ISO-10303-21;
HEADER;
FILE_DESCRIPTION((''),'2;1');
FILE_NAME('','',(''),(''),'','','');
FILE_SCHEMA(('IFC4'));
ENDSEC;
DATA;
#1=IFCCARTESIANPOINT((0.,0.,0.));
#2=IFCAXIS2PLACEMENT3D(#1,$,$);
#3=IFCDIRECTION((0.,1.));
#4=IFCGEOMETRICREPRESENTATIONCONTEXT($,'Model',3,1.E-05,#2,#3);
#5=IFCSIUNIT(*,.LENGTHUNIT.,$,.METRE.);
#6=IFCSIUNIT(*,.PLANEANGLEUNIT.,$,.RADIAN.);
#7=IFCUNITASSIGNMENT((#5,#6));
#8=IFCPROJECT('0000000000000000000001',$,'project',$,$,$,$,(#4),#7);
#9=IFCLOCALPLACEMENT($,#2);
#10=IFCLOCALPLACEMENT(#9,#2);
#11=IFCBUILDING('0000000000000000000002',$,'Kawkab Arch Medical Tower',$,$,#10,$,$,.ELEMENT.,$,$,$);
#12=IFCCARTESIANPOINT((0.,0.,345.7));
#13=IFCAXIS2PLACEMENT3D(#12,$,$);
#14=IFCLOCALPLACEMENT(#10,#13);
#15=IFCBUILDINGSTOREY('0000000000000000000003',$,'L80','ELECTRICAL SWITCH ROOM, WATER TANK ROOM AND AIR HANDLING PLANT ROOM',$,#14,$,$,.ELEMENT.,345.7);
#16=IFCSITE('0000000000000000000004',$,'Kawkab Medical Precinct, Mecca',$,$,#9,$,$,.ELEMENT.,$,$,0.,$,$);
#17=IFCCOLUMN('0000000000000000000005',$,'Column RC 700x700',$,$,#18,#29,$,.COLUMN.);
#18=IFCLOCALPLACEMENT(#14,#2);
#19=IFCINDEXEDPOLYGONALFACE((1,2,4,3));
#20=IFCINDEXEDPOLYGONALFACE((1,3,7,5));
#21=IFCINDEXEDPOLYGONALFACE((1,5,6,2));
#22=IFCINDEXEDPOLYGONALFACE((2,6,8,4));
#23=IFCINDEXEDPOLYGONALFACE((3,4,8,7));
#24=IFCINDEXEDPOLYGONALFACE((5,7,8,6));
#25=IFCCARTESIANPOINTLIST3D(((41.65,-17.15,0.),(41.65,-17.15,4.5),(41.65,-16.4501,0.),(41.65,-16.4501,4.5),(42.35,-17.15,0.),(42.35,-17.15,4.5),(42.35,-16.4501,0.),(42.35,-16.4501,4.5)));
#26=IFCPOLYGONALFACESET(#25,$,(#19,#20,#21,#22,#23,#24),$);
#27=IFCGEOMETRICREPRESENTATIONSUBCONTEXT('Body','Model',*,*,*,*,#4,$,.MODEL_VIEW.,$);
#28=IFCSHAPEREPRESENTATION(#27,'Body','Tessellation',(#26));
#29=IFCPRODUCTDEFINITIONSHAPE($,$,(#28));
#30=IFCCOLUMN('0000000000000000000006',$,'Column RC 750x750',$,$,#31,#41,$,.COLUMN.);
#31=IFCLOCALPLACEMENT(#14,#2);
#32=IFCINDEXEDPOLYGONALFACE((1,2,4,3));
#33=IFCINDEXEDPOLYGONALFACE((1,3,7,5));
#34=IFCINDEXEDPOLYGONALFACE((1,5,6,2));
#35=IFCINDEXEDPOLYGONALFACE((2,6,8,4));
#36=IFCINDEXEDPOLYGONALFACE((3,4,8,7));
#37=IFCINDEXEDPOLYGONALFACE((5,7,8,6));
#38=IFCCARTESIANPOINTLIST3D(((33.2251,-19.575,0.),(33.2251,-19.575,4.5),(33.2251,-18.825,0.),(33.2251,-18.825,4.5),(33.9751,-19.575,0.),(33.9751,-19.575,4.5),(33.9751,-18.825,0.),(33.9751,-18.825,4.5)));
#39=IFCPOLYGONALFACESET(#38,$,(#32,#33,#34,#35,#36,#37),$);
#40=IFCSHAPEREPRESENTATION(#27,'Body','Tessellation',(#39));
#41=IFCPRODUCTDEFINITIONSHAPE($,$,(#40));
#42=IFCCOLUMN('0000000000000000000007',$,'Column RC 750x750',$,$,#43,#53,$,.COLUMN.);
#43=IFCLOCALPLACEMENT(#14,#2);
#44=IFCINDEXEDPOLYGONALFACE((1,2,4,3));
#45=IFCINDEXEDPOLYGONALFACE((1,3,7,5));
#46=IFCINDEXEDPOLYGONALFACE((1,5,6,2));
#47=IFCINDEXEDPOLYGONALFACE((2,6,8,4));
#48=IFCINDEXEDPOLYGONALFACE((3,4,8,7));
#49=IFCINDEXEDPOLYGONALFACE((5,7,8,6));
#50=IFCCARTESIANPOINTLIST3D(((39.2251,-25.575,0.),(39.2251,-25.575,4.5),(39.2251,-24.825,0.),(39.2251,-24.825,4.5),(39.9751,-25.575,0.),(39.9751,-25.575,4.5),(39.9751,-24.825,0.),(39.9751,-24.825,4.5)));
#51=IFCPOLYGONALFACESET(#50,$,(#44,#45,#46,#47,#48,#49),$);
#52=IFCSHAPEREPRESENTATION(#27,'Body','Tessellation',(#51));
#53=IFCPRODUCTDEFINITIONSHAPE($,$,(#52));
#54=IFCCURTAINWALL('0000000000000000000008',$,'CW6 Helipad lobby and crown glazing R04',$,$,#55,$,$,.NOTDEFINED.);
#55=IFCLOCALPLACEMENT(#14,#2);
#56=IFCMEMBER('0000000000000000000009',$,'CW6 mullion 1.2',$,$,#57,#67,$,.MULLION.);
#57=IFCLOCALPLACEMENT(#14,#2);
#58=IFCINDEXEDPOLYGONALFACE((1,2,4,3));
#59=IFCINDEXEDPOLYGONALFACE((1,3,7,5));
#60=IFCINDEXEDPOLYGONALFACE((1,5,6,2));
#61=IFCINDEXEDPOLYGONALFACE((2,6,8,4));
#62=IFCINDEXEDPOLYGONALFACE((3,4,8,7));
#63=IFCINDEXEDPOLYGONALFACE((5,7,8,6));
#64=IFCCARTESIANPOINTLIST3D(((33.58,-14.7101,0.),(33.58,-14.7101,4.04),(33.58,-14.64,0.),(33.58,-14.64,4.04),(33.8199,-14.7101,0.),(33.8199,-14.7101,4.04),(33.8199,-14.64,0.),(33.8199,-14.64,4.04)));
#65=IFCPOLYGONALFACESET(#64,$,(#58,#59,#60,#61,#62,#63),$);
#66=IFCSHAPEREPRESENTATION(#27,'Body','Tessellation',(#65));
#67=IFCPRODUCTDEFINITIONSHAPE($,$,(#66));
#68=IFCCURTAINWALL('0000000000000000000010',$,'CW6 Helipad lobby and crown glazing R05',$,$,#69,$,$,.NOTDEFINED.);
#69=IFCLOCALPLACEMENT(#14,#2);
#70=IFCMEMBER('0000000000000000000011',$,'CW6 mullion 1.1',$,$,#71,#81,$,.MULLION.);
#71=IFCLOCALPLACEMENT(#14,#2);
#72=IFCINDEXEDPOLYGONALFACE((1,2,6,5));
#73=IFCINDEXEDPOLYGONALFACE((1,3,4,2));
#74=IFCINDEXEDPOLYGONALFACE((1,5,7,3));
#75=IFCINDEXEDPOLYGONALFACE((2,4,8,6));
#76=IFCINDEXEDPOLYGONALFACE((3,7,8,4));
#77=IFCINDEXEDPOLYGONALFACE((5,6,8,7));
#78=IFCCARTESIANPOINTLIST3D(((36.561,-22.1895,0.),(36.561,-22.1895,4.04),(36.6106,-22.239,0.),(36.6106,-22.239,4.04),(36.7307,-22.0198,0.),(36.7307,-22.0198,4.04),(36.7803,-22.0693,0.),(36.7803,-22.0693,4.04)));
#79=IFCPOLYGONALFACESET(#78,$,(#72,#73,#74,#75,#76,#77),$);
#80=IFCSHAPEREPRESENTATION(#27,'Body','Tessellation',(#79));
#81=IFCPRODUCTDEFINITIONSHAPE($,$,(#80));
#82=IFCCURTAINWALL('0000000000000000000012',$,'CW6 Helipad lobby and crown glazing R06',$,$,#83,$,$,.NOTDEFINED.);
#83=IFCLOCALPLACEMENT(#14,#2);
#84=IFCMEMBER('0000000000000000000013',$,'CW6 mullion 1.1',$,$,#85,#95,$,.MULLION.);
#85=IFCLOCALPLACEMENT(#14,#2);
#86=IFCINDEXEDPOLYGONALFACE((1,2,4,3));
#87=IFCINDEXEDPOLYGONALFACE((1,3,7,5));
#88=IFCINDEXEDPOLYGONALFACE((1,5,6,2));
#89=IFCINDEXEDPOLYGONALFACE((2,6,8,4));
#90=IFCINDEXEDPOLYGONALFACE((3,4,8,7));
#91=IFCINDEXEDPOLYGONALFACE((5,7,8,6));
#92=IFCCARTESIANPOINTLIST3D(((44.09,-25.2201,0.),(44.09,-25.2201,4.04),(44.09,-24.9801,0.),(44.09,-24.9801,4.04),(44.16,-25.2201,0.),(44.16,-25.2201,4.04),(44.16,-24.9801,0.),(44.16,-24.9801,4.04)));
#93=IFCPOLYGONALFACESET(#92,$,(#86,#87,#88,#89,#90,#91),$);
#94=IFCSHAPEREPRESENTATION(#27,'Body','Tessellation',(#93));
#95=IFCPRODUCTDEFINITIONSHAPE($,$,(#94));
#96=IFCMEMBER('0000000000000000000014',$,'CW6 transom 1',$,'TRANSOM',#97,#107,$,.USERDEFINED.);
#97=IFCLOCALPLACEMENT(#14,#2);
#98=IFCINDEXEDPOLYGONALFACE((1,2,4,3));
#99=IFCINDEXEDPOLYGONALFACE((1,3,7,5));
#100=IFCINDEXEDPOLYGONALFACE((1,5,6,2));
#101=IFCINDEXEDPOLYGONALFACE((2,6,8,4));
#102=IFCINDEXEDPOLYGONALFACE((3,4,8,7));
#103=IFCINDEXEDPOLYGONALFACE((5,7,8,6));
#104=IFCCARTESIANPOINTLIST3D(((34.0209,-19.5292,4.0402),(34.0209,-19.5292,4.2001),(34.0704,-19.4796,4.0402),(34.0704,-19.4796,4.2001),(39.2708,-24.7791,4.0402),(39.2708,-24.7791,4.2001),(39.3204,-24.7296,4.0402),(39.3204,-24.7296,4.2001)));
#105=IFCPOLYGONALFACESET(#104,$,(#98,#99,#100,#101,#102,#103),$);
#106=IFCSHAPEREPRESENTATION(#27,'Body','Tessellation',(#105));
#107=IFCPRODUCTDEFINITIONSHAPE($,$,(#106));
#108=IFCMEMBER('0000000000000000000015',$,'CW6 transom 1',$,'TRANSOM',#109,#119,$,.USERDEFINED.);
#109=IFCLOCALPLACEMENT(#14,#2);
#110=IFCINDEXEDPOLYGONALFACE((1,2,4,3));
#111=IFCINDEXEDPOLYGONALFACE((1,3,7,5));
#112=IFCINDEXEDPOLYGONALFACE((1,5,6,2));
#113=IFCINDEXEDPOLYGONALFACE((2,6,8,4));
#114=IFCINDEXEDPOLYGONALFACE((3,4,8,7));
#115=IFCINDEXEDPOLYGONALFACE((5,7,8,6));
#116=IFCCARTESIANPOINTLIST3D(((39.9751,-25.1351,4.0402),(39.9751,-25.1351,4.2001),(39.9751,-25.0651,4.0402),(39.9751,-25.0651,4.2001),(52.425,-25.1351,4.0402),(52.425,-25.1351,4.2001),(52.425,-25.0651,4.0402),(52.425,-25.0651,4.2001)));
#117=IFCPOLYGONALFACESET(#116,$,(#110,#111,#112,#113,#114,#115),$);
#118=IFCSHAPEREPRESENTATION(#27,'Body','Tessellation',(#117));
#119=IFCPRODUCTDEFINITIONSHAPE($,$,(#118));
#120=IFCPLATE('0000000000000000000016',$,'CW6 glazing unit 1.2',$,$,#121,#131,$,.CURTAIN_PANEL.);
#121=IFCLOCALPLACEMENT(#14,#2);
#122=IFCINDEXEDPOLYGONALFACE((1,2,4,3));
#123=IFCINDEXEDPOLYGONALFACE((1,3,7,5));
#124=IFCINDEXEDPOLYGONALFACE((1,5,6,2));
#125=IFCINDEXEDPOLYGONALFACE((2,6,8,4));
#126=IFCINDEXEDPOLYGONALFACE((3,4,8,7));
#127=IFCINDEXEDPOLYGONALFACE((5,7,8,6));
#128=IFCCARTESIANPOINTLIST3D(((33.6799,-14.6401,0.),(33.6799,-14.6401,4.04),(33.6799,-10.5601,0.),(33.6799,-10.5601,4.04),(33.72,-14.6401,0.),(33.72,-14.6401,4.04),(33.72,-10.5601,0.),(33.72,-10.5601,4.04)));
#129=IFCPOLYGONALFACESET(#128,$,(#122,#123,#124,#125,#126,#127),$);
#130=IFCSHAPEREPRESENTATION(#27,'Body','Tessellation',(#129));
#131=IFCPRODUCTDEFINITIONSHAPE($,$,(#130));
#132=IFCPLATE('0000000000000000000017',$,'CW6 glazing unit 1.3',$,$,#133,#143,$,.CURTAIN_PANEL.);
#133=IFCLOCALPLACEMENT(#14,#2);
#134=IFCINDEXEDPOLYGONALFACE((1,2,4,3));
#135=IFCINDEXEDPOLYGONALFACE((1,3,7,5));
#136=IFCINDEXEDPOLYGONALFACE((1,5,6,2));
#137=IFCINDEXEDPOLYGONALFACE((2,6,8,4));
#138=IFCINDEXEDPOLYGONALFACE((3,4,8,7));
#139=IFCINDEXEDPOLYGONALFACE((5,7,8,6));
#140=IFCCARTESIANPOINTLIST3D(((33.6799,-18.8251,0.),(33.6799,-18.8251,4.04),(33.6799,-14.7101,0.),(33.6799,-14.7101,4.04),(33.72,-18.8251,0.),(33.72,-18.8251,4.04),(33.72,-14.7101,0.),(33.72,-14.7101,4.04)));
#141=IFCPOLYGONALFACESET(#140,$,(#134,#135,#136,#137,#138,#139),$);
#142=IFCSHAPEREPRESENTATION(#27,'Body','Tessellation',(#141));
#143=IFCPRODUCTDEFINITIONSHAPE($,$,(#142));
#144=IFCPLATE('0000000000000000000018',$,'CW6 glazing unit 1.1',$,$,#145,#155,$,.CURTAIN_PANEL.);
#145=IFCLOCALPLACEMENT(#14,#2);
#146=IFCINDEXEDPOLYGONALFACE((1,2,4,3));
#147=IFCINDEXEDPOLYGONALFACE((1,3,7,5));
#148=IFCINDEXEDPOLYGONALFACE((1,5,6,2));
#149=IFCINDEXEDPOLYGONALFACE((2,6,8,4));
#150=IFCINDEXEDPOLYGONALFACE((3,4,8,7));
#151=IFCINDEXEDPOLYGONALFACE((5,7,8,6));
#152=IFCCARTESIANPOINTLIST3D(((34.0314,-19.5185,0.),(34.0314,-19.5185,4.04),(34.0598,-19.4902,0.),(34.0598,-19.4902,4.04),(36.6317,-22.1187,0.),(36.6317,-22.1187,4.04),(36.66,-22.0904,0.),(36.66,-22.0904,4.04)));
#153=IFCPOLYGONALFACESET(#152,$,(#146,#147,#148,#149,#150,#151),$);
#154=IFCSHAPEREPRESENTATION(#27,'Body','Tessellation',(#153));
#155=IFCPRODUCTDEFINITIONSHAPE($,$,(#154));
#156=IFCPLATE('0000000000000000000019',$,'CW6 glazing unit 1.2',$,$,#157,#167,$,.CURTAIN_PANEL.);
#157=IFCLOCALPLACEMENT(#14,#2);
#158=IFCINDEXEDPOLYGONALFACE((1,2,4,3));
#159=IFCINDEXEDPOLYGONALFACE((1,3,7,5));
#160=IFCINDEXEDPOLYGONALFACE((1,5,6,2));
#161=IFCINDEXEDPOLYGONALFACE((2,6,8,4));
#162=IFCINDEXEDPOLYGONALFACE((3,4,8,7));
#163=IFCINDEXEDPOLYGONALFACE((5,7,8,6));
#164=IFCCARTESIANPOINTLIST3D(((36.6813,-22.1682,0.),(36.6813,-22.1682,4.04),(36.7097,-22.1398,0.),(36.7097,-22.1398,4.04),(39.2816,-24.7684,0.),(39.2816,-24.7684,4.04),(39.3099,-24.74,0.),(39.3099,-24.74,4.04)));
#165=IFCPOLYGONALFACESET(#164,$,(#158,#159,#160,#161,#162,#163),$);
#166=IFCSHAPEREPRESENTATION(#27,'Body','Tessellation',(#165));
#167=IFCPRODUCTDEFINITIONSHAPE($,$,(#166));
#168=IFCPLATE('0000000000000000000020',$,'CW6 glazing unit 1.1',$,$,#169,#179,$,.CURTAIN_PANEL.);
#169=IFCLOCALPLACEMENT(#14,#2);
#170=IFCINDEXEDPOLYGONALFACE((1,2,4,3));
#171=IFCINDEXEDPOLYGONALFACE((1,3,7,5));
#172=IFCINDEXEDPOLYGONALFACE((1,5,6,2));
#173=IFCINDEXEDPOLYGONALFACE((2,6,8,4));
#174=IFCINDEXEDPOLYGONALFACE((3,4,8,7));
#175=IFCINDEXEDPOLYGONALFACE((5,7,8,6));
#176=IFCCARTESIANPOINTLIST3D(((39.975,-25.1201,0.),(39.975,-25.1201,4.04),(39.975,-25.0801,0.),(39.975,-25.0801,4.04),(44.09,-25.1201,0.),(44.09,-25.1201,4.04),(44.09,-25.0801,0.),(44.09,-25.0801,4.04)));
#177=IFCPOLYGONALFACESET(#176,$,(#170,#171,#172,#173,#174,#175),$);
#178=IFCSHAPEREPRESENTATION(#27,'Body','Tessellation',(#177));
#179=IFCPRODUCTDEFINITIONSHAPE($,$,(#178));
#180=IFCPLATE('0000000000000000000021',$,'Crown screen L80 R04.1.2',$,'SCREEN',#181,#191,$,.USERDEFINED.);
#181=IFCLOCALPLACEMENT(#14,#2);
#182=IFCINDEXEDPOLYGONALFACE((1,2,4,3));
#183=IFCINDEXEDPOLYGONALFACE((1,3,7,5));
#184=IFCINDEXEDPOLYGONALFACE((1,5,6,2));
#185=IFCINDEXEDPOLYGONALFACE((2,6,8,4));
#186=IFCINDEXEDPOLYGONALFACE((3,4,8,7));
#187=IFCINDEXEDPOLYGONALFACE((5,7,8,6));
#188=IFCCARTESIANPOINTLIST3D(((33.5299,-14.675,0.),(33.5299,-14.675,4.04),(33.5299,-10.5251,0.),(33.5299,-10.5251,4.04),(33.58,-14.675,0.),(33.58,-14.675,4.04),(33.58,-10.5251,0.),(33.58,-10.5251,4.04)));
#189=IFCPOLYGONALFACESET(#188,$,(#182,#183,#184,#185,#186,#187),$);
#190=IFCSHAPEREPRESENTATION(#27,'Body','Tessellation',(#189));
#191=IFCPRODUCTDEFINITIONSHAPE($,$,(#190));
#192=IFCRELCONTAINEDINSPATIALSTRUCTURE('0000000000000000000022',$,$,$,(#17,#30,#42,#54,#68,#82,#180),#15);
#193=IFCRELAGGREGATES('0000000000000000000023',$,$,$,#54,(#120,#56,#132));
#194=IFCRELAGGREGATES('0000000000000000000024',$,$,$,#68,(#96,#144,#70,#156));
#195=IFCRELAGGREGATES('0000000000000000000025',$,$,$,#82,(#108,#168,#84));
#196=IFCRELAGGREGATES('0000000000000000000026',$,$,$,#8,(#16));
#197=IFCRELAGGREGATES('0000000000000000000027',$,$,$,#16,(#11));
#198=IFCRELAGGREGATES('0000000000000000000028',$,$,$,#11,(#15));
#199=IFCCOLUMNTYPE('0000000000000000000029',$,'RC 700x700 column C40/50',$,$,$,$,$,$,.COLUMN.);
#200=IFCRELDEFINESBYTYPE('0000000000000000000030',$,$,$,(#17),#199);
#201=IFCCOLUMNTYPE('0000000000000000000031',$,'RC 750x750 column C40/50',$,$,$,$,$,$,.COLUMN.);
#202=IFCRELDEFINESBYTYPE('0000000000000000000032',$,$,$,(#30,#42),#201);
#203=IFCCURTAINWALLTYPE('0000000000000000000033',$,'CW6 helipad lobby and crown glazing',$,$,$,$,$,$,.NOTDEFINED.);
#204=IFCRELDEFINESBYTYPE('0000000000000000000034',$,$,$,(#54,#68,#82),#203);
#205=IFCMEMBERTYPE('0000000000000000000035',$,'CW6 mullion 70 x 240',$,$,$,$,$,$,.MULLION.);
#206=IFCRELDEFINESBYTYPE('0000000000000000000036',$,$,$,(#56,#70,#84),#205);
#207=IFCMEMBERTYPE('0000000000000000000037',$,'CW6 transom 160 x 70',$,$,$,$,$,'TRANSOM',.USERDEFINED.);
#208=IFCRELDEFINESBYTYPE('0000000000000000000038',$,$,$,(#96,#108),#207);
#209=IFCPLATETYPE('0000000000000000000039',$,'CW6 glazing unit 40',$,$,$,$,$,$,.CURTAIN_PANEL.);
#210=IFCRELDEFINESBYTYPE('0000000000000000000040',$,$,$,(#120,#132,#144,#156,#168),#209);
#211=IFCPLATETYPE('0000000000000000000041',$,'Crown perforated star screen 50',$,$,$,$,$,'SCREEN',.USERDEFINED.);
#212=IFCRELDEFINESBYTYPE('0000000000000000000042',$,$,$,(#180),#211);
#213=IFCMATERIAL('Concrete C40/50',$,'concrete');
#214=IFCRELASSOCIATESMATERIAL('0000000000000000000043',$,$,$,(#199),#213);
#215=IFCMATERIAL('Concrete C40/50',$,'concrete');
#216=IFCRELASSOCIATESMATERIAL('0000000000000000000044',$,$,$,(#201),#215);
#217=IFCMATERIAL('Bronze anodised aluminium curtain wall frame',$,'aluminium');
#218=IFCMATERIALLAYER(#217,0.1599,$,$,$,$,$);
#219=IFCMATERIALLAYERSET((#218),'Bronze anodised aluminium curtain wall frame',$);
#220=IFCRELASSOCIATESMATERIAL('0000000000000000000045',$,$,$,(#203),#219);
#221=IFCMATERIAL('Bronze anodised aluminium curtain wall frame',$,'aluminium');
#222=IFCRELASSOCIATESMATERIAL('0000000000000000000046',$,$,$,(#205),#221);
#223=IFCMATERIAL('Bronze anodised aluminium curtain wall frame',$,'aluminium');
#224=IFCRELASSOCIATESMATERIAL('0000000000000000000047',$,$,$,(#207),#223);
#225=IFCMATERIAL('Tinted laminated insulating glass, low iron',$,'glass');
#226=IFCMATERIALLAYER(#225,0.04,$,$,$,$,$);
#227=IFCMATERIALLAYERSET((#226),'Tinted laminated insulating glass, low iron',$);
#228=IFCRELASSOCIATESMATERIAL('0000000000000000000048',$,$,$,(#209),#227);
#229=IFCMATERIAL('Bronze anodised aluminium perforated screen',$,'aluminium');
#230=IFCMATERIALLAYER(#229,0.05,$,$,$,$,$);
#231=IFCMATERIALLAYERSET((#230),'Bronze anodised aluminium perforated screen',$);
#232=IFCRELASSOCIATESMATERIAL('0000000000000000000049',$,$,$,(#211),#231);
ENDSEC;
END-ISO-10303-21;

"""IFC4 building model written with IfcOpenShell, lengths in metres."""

from ifc_helpers import new_model, si_unit, direction, frame, origin, origin_2d, place, context, subcontext, project, spatial, rectangle, extrude, material, layer, layer_set, material_profile, profile_set, type_object, element, aggregate, save


model = new_model("IFC4")

# Units and contexts
model_context = context("Model", 3, precision=1e-05, world=origin(), true_north=direction((0.0, 1.0)))
body_context = subcontext(model_context, "Body", "Model", "MODEL_VIEW")
ifc_project = project(units=[si_unit("LENGTHUNIT", "METRE"), si_unit("PLANEANGLEUNIT", "RADIAN")], contexts=[model_context])

# Site, building, storey
site_placement = place(None, origin())
site = spatial("IfcSite", under=ifc_project, at=site_placement, Name="Kawkab Medical Precinct, Mecca", CompositionType="ELEMENT", RefElevation=0.0)
building_placement = place(site_placement, origin())
building = spatial("IfcBuilding", under=site, at=building_placement, Name="Kawkab Arch Medical Tower", CompositionType="ELEMENT")
storey_placement = place(building_placement, frame((0.0, 0.0, 345.7)))
storey = spatial("IfcBuildingStorey", under=building, at=storey_placement, Name="L80", Description="ELECTRICAL SWITCH ROOM, WATER TANK ROOM AND AIR HANDLING PLANT ROOM", CompositionType="ELEMENT", Elevation=345.7)

# Columns
ifc_material_1 = material(Name="Concrete C40/50", Category="concrete")
ifc_material_profile_1 = material_profile(ifc_material_1, rectangle(XDim=0.7, YDim=0.7, at=origin_2d()), Name="RC 700x700")
ifc_profile_set_1 = profile_set([ifc_material_profile_1], Name="Concrete C40/50")
column_type_1 = type_object("IfcColumnType", Name="RC 700x700 column C40/50", PredefinedType="COLUMN", material=ifc_profile_set_1)
column_placement = place(storey_placement, frame((42.0, -16.8, 0.0), z_axis=(0.0, 0.0, 1.0), x_axis=(1.0, 0.0, 0.0)))
element("IfcColumn", 1, at=column_placement, inside=storey, type_object=column_type_1, Name="Column RC 700x700", PredefinedType="COLUMN", context=body_context, shape_type="SweptSolid", body=[
    extrude(rectangle(XDim=0.7, YDim=0.7, at=origin_2d()), origin(), (0.0, 0.0, 1.0), 4.5),
])
ifc_material_2 = material(Name="Concrete C40/50", Category="concrete")
ifc_material_profile_2 = material_profile(ifc_material_2, rectangle(XDim=0.75, YDim=0.75, at=origin_2d()), Name="RC 750x750")
ifc_profile_set_2 = profile_set([ifc_material_profile_2], Name="Concrete C40/50")
column_type_2 = type_object("IfcColumnType", Name="RC 750x750 column C40/50", PredefinedType="COLUMN", material=ifc_profile_set_2)
for number, where, z_axis, x_axis, name in (
    (2, (33.6001, -19.2, 0.0), (0.0, 0.0, 1.0), (1.0, 0.0, 0.0), "Column RC 750x750"),
    (3, (39.6001, -25.2, 0.0), (0.0, 0.0, 1.0), (1.0, 0.0, 0.0), "Column RC 750x750"),
):
    element("IfcColumn", number, at=place(storey_placement, frame(where, z_axis=z_axis, x_axis=x_axis)), inside=storey, type_object=column_type_2, Name=name, PredefinedType="COLUMN", context=body_context, shape_type="SweptSolid", body=[
        extrude(rectangle(XDim=0.75, YDim=0.75, at=origin_2d()), origin(), (0.0, 0.0, 1.0), 4.5),
    ])

# Curtain walls, members
ifc_material_3 = material(Name="Bronze anodised aluminium curtain wall frame", Category="aluminium")
ifc_layer_1 = layer(ifc_material_3, 0.1599)
ifc_layer_set_1 = layer_set([ifc_layer_1], Name="Bronze anodised aluminium curtain wall frame")
curtain_wall_type = type_object("IfcCurtainWallType", Name="CW6 helipad lobby and crown glazing", PredefinedType="NOTDEFINED", material=ifc_layer_set_1)
placement = place(storey_placement, origin())
curtain_wall_1 = element("IfcCurtainWall", 4, at=placement, inside=storey, type_object=curtain_wall_type, Name="CW6 Helipad lobby and crown glazing R04", PredefinedType="NOTDEFINED")
ifc_material_4 = material(Name="Bronze anodised aluminium curtain wall frame", Category="aluminium")
ifc_material_profile_3 = material_profile(ifc_material_4, rectangle(XDim=0.24, YDim=0.0701, at=origin_2d()), Name="AL 70x240")
ifc_profile_set_3 = profile_set([ifc_material_profile_3], Name="Bronze anodised aluminium curtain wall frame")
member_type_1 = type_object("IfcMemberType", Name="CW6 mullion 70 x 240", PredefinedType="MULLION", material=ifc_profile_set_3)
member_1_placement = place(storey_placement, frame((33.7, -14.675, 0.0), z_axis=(0.0, 0.0, 1.0), x_axis=(1.0, 0.0, 0.0)))
member_1 = element("IfcMember", 5, at=member_1_placement, type_object=member_type_1, Name="CW6 mullion 1.2", PredefinedType="MULLION", context=body_context, shape_type="SweptSolid", body=[
    extrude(rectangle(XDim=0.24, YDim=0.0701, at=origin_2d()), origin(), (0.0, 0.0, 1.0), 4.04),
])
curtain_wall_2 = element("IfcCurtainWall", 6, at=placement, inside=storey, type_object=curtain_wall_type, Name="CW6 Helipad lobby and crown glazing R05", PredefinedType="NOTDEFINED")
member_2_placement = place(storey_placement, frame((36.6707, -22.1294, 0.0), z_axis=(0.0, 0.0, 1.0), x_axis=(0.707107, 0.707107, 0.0)))
member_2 = element("IfcMember", 7, at=member_2_placement, type_object=member_type_1, Name="CW6 mullion 1.1", PredefinedType="MULLION", context=body_context, shape_type="SweptSolid", body=[
    extrude(rectangle(XDim=0.24, YDim=0.0701, at=origin_2d()), origin(), (0.0, 0.0, 1.0), 4.04),
])
curtain_wall_3 = element("IfcCurtainWall", 8, at=placement, inside=storey, type_object=curtain_wall_type, Name="CW6 Helipad lobby and crown glazing R06", PredefinedType="NOTDEFINED")
member_3_placement = place(storey_placement, frame((44.125, -25.1001, 0.0), z_axis=(0.0, 0.0, 1.0), x_axis=(0.0, 1.0, 0.0)))
member_3 = element("IfcMember", 9, at=member_3_placement, type_object=member_type_1, Name="CW6 mullion 1.1", PredefinedType="MULLION", context=body_context, shape_type="SweptSolid", body=[
    extrude(rectangle(XDim=0.24, YDim=0.0701, at=origin_2d()), origin(), (0.0, 0.0, 1.0), 4.04),
])

# Members
ifc_material_5 = material(Name="Bronze anodised aluminium curtain wall frame", Category="aluminium")
ifc_material_profile_4 = material_profile(ifc_material_5, rectangle(XDim=0.0701, YDim=0.1599, at=origin_2d()), Name="AL 70x160")
ifc_profile_set_4 = profile_set([ifc_material_profile_4], Name="Bronze anodised aluminium curtain wall frame")
member_type_2 = type_object("IfcMemberType", Name="CW6 transom 160 x 70", ElementType="TRANSOM", PredefinedType="USERDEFINED", material=ifc_profile_set_4)
member_4_placement = place(storey_placement, frame((34.0457, -19.5044, 4.1201), z_axis=(0.707107, -0.707107, 0.0), x_axis=(0.707107, 0.707107, 0.0)))
member_4 = element("IfcMember", 10, at=member_4_placement, type_object=member_type_2, Name="CW6 transom 1", ObjectType="TRANSOM", PredefinedType="USERDEFINED", context=body_context, shape_type="SweptSolid", body=[
    extrude(rectangle(XDim=0.0701, YDim=0.1599, at=origin_2d()), origin(), (0.0, 0.0, 1.0), 7.4246),
])
member_5_placement = place(storey_placement, frame((39.9751, -25.1001, 4.1201), z_axis=(1.0, 0.0, 0.0), x_axis=(0.0, 1.0, 0.0)))
member_5 = element("IfcMember", 11, at=member_5_placement, type_object=member_type_2, Name="CW6 transom 1", ObjectType="TRANSOM", PredefinedType="USERDEFINED", context=body_context, shape_type="SweptSolid", body=[
    extrude(rectangle(XDim=0.0701, YDim=0.1599, at=origin_2d()), origin(), (0.0, 0.0, 1.0), 12.45),
])

# Plates
ifc_material_6 = material(Name="Tinted laminated insulating glass, low iron", Category="glass")
ifc_layer_2 = layer(ifc_material_6, 0.04)
ifc_layer_set_2 = layer_set([ifc_layer_2], Name="Tinted laminated insulating glass, low iron")
plate_type_1 = type_object("IfcPlateType", Name="CW6 glazing unit 40", PredefinedType="CURTAIN_PANEL", material=ifc_layer_set_2)
plate_1_placement = place(storey_placement, frame((33.7, -12.6001, 0.0), z_axis=(0.0, 0.0, 1.0), x_axis=(0.0, -1.0, 0.0)))
plate_1 = element("IfcPlate", 12, at=plate_1_placement, type_object=plate_type_1, Name="CW6 glazing unit 1.2", PredefinedType="CURTAIN_PANEL", context=body_context, shape_type="SweptSolid", body=[
    extrude(rectangle(XDim=4.0801, YDim=0.04, at=origin_2d()), origin(), (0.0, 0.0, 1.0), 4.04),
])
plate_2_placement = place(storey_placement, frame((33.7, -16.7676, 0.0), z_axis=(0.0, 0.0, 1.0), x_axis=(0.0, -1.0, 0.0)))
plate_2 = element("IfcPlate", 13, at=plate_2_placement, type_object=plate_type_1, Name="CW6 glazing unit 1.3", PredefinedType="CURTAIN_PANEL", context=body_context, shape_type="SweptSolid", body=[
    extrude(rectangle(XDim=4.115, YDim=0.04, at=origin_2d()), origin(), (0.0, 0.0, 1.0), 4.04),
])
aggregate(curtain_wall_1, [plate_1, member_1, plate_2])
plate_3_placement = place(storey_placement, frame((35.3457, -20.8044, 0.0), z_axis=(0.0, 0.0, 1.0), x_axis=(0.707107, -0.707107, 0.0)))
plate_3 = element("IfcPlate", 14, at=plate_3_placement, type_object=plate_type_1, Name="CW6 glazing unit 1.1", PredefinedType="CURTAIN_PANEL", context=body_context, shape_type="SweptSolid", body=[
    extrude(rectangle(XDim=3.6772, YDim=0.04, at=origin_2d()), origin(), (0.0, 0.0, 1.0), 4.04),
])
plate_4_placement = place(storey_placement, frame((37.9956, -23.4541, 0.0), z_axis=(0.0, 0.0, 1.0), x_axis=(0.707107, -0.707107, 0.0)))
plate_4 = element("IfcPlate", 15, at=plate_4_placement, type_object=plate_type_1, Name="CW6 glazing unit 1.2", PredefinedType="CURTAIN_PANEL", context=body_context, shape_type="SweptSolid", body=[
    extrude(rectangle(XDim=3.6772, YDim=0.04, at=origin_2d()), origin(), (0.0, 0.0, 1.0), 4.04),
])
aggregate(curtain_wall_2, [member_4, plate_3, member_2, plate_4])
plate_5_placement = place(storey_placement, frame((42.0325, -25.1001, 0.0), z_axis=(0.0, 0.0, 1.0), x_axis=(1.0, 0.0, 0.0)))
plate_5 = element("IfcPlate", 16, at=plate_5_placement, type_object=plate_type_1, Name="CW6 glazing unit 1.1", PredefinedType="CURTAIN_PANEL", context=body_context, shape_type="SweptSolid", body=[
    extrude(rectangle(XDim=4.115, YDim=0.04, at=origin_2d()), origin(), (0.0, 0.0, 1.0), 4.04),
])
aggregate(curtain_wall_3, [member_5, plate_5, member_3])

# Plate
ifc_material_7 = material(Name="Bronze anodised aluminium perforated screen", Category="aluminium")
ifc_layer_3 = layer(ifc_material_7, 0.05)
ifc_layer_set_3 = layer_set([ifc_layer_3], Name="Bronze anodised aluminium perforated screen")
plate_type_2 = type_object("IfcPlateType", Name="Crown perforated star screen 50", ElementType="SCREEN", PredefinedType="USERDEFINED", material=ifc_layer_set_3)
for number, where, z_axis, x_axis, name in (
    (17, (33.5549, -12.6001, 0.0), (0.0, 0.0, 1.0), (0.0, -1.0, 0.0), "Crown screen L80 R04.1.2"),
):
    element("IfcPlate", number, at=place(storey_placement, frame(where, z_axis=z_axis, x_axis=x_axis)), inside=storey, type_object=plate_type_2, Name=name, ObjectType="SCREEN", PredefinedType="USERDEFINED", context=body_context, shape_type="SweptSolid", body=[
        extrude(rectangle(XDim=4.1499, YDim=0.05, at=origin_2d()), origin(), (0.0, 0.0, 1.0), 4.04),
    ])

save(model, "model.ifc")
